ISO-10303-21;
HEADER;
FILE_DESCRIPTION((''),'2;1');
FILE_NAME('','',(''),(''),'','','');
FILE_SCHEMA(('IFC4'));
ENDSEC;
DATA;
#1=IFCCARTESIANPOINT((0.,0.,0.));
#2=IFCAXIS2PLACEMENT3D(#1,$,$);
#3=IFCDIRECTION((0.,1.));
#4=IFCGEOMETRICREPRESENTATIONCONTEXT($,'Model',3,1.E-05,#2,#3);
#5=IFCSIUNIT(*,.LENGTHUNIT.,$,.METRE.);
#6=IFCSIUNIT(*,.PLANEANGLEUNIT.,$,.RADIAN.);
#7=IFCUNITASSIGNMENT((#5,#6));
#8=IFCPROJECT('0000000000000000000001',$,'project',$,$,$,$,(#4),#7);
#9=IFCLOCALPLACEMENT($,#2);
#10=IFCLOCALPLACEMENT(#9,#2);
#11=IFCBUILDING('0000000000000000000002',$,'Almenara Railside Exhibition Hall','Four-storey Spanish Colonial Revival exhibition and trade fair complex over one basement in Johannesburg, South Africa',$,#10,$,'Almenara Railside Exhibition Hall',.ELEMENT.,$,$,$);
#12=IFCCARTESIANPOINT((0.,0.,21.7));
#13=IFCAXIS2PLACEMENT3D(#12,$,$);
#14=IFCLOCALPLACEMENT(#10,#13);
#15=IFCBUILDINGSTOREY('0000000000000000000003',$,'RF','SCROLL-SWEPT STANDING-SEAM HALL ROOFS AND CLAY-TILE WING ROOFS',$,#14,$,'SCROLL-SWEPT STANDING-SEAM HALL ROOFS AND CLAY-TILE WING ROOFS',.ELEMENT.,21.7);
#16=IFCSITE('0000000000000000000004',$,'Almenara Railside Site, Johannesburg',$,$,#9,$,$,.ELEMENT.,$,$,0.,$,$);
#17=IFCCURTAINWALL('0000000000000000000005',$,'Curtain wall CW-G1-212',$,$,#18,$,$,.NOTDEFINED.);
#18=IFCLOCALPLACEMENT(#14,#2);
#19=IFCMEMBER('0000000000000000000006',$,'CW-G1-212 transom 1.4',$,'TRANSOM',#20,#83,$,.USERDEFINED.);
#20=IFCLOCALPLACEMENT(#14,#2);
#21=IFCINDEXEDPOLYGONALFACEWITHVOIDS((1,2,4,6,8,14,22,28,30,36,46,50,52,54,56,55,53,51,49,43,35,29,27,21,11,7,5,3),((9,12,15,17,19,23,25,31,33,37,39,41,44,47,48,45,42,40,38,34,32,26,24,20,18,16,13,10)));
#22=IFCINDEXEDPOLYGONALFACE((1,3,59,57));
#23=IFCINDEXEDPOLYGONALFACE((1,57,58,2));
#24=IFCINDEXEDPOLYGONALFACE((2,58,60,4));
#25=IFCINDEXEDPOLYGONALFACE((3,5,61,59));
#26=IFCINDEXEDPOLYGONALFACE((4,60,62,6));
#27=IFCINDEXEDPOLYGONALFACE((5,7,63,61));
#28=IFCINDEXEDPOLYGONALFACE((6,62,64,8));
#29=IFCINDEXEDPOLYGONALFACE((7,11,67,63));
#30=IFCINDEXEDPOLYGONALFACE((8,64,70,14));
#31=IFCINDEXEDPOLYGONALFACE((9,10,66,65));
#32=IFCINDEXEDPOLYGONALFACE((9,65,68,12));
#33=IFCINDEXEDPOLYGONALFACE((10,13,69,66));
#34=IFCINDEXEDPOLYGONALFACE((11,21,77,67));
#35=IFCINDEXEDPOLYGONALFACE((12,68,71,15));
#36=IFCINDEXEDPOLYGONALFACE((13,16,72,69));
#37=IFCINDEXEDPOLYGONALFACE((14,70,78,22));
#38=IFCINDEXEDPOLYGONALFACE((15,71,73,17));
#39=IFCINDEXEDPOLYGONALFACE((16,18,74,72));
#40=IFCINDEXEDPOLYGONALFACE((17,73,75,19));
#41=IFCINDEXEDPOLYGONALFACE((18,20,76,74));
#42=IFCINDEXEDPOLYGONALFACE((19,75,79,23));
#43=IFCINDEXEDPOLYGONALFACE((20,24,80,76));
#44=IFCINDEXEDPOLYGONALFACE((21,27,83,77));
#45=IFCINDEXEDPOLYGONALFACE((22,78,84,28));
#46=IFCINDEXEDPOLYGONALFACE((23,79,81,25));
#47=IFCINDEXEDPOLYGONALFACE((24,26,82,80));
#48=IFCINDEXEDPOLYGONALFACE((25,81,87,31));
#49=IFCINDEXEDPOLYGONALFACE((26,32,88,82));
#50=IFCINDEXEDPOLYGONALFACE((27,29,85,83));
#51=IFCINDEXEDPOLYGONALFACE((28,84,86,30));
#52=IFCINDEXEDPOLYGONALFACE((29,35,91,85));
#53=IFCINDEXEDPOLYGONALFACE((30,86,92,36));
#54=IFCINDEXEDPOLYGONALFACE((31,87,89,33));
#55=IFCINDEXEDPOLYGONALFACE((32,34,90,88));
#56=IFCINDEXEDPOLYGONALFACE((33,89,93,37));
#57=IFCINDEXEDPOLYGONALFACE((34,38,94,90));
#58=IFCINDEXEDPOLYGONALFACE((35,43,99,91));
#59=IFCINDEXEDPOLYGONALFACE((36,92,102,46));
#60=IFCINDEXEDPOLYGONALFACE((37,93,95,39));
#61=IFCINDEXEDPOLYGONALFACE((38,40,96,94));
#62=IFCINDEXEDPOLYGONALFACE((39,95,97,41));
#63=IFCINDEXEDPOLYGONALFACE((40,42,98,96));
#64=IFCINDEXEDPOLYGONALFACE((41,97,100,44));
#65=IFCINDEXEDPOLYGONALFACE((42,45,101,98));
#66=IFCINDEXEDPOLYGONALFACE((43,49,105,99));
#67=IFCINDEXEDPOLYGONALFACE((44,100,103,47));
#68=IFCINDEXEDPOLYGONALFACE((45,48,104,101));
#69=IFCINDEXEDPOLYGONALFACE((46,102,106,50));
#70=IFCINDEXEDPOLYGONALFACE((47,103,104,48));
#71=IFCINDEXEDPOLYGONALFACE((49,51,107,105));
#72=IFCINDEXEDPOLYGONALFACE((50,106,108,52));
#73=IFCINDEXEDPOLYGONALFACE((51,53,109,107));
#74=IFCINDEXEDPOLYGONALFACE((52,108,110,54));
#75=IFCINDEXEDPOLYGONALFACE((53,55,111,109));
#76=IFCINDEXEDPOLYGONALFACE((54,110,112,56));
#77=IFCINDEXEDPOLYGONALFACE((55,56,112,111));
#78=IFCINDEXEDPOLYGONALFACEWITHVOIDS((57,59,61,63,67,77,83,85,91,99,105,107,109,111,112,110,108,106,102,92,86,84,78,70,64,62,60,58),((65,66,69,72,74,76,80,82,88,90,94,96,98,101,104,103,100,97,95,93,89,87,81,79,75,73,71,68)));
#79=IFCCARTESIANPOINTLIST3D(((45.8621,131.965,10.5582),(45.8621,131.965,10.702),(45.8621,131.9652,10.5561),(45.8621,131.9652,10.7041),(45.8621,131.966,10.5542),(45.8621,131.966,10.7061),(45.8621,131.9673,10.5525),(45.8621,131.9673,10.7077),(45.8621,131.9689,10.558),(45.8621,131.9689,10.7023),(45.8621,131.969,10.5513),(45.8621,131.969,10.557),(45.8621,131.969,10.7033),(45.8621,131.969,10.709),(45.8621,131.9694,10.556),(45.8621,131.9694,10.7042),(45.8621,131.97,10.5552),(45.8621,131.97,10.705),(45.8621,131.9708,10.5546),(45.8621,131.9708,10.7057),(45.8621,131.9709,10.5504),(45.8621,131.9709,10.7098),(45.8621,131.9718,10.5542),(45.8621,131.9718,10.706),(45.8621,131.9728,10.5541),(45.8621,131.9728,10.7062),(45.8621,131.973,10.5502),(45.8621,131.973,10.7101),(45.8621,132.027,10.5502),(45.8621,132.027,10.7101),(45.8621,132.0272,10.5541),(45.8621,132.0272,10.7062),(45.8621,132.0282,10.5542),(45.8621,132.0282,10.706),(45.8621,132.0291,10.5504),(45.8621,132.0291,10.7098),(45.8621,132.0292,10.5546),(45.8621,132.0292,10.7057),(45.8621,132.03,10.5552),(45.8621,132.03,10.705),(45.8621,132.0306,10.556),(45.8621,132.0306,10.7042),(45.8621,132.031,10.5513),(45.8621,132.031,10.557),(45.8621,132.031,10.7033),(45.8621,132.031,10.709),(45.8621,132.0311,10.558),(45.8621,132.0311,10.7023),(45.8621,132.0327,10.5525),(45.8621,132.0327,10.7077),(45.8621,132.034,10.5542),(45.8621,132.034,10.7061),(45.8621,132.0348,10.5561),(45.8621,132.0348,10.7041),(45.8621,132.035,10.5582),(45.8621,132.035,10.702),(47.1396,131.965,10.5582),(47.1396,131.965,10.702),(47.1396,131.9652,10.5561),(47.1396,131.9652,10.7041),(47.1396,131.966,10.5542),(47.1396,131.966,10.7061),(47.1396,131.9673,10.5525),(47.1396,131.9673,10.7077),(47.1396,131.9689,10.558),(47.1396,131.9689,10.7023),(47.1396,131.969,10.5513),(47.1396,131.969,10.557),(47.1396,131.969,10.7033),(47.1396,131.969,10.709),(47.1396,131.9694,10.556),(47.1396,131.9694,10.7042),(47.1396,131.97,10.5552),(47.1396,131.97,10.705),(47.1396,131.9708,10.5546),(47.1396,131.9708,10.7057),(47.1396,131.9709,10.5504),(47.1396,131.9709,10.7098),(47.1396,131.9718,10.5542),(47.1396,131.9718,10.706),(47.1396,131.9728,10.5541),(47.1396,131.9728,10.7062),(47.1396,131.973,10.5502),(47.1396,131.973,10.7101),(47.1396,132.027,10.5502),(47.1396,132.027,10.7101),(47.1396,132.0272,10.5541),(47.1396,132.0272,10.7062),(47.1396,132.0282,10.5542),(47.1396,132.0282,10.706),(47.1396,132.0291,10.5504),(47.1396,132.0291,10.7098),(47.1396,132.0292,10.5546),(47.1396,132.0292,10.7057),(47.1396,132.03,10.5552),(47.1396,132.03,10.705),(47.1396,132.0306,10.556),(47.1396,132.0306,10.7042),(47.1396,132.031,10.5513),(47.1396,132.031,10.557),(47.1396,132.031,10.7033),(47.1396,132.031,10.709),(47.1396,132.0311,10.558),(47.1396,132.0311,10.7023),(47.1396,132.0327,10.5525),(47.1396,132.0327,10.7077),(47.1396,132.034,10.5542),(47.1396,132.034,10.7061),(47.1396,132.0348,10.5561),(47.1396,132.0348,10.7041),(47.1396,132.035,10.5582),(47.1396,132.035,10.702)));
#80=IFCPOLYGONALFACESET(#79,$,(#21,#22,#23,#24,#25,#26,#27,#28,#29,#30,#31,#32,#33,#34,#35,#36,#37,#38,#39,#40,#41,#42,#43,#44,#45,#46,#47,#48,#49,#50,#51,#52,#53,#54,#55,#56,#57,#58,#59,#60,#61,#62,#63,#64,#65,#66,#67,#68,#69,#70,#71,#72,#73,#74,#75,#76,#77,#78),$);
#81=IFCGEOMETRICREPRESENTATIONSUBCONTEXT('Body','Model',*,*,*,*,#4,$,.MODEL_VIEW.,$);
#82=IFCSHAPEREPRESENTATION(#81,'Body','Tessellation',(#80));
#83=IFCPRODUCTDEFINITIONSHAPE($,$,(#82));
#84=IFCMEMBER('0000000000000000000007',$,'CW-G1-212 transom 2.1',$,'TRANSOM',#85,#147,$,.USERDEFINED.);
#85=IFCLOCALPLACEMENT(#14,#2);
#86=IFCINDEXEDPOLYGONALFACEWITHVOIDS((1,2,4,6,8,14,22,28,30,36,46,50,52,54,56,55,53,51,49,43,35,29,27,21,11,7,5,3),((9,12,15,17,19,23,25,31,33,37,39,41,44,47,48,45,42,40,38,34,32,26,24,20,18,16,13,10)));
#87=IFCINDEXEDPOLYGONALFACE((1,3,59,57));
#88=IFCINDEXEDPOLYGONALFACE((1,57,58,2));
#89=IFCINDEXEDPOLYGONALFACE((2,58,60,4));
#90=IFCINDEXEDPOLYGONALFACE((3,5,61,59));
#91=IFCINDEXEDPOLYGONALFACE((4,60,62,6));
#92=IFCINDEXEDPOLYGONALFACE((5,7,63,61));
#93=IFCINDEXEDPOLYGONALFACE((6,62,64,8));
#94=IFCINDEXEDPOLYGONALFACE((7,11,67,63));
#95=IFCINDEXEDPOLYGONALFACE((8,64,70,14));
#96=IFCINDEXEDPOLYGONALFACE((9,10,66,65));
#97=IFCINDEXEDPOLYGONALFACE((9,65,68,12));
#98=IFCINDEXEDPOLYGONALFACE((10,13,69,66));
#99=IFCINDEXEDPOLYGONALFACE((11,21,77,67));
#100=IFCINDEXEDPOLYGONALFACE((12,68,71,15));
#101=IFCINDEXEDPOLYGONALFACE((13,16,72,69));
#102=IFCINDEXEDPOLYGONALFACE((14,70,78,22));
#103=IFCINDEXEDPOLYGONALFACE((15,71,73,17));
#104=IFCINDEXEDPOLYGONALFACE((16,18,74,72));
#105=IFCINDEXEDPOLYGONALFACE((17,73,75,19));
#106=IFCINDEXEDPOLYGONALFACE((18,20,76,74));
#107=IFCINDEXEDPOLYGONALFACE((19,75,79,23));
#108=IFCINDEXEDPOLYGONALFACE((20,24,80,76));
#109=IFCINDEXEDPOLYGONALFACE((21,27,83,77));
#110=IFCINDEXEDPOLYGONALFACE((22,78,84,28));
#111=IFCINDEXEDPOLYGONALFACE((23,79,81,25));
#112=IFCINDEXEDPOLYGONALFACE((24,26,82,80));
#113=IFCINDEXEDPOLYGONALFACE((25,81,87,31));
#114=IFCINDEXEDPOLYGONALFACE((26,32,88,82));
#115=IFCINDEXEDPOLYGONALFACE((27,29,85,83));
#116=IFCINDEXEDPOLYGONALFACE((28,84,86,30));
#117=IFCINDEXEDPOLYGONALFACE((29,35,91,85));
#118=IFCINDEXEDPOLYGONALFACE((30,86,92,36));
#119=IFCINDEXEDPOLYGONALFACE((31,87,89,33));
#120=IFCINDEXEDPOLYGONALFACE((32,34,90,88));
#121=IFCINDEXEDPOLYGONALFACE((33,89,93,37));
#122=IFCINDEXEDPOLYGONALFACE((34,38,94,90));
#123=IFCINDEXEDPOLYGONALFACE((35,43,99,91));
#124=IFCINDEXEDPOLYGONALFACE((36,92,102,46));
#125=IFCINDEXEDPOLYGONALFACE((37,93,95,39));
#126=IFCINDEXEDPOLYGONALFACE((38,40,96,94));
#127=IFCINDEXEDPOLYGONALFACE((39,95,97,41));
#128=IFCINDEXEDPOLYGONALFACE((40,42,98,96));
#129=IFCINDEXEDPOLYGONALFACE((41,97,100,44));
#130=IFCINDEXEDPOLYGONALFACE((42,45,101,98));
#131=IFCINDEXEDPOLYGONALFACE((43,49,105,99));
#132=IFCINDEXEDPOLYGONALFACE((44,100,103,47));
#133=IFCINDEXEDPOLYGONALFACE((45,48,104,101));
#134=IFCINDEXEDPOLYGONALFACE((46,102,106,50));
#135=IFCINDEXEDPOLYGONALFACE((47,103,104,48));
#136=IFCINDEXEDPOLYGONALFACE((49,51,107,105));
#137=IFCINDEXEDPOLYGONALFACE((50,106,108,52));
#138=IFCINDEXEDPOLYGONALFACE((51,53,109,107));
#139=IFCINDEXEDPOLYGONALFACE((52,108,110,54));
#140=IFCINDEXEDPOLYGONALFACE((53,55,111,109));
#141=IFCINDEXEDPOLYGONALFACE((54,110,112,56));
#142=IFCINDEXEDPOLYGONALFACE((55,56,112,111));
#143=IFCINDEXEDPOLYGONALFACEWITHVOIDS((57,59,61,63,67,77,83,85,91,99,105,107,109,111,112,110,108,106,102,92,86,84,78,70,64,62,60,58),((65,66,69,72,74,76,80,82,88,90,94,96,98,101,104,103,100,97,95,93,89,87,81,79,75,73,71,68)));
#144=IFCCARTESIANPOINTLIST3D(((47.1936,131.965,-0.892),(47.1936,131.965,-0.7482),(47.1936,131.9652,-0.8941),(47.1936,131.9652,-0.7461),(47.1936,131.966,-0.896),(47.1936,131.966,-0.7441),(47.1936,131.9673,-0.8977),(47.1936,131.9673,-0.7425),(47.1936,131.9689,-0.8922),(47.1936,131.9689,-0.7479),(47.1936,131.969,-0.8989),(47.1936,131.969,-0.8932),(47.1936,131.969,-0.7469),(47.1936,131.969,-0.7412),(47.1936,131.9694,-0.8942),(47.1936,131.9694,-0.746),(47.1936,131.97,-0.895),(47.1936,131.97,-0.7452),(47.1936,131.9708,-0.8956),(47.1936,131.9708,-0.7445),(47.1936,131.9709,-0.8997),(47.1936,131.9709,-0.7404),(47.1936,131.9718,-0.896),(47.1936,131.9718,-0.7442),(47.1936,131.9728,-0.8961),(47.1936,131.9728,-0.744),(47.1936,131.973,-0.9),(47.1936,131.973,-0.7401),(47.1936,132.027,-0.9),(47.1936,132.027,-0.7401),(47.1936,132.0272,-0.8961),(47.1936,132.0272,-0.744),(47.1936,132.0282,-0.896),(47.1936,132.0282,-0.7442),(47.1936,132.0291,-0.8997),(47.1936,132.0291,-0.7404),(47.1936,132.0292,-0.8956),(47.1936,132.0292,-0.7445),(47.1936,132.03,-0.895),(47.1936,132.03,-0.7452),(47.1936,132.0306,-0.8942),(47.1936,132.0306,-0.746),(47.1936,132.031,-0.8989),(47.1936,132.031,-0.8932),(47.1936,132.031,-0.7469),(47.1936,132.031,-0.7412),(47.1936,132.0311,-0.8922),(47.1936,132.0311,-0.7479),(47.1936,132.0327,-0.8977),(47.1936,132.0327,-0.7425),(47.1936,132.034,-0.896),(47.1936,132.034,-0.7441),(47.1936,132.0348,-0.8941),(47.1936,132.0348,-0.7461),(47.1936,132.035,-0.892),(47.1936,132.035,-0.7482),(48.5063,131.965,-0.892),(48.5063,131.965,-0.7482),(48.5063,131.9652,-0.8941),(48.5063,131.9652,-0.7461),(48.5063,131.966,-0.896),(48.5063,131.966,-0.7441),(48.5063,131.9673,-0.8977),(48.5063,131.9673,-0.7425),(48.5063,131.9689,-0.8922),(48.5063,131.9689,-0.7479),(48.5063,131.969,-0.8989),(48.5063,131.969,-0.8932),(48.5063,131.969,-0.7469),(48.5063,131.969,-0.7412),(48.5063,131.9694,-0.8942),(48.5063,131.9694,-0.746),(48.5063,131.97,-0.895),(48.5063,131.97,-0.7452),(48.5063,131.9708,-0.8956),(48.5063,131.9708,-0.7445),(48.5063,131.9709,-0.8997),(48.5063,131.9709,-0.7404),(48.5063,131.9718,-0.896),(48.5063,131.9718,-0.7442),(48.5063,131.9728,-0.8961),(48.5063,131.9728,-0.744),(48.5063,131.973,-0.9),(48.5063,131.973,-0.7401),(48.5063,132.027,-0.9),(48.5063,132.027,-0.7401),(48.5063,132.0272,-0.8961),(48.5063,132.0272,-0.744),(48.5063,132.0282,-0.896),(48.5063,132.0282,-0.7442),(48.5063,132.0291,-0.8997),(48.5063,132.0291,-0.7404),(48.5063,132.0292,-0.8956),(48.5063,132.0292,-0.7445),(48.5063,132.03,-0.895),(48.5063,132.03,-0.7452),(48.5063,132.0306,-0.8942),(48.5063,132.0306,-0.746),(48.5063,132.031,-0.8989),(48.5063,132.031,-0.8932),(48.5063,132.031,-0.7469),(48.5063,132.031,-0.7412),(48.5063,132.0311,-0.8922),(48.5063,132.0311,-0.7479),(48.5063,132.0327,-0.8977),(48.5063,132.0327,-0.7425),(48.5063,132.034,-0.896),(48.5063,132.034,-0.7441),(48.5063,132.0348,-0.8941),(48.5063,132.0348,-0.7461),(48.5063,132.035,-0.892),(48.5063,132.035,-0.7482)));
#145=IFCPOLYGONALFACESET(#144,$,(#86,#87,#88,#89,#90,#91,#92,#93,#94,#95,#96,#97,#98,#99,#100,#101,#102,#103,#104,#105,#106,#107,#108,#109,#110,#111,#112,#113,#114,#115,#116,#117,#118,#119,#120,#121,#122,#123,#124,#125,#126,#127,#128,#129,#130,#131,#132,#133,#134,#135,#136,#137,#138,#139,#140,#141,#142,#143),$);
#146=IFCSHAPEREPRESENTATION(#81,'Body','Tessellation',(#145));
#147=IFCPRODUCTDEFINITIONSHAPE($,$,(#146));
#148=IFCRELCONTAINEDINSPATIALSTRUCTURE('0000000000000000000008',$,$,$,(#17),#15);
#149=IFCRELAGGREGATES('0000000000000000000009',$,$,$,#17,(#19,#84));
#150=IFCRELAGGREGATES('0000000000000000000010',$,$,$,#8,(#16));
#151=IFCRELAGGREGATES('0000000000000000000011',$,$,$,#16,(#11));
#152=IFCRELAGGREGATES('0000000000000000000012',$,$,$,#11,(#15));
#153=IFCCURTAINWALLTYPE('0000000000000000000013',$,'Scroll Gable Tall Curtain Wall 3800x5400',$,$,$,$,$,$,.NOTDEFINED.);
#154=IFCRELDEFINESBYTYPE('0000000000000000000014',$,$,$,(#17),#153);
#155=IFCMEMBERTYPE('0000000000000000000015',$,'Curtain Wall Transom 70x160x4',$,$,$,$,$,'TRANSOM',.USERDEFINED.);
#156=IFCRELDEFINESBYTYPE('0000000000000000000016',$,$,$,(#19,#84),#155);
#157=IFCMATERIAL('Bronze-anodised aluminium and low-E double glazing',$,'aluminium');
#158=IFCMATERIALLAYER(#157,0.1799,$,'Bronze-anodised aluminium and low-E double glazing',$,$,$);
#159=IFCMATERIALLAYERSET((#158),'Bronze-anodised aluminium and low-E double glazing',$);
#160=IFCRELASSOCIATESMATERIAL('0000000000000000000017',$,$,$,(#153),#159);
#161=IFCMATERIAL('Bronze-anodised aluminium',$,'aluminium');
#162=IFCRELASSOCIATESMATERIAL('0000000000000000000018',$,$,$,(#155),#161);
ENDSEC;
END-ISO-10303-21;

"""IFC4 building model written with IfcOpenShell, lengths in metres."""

from ifc_helpers import new_model, si_unit, direction, frame, origin, origin_2d, place, context, subcontext, project, spatial, hollow_rectangle, extrude, material, layer, layer_set, material_profile, profile_set, type_object, element, aggregate, save


model = new_model("IFC4")

# Units and contexts
model_context = context("Model", 3, precision=1e-05, world=origin(), true_north=direction((0.0, 1.0)))
body_context = subcontext(model_context, "Body", "Model", "MODEL_VIEW")
ifc_project = project(units=[si_unit("LENGTHUNIT", "METRE"), si_unit("PLANEANGLEUNIT", "RADIAN")], contexts=[model_context])

# Site, building, storey
site_placement = place(None, origin())
site = spatial("IfcSite", under=ifc_project, at=site_placement, Name="Almenara Railside Site, Johannesburg", CompositionType="ELEMENT", RefElevation=0.0)
building_placement = place(site_placement, origin())
building = spatial("IfcBuilding", under=site, at=building_placement, Name="Almenara Railside Exhibition Hall", Description="Four-storey Spanish Colonial Revival exhibition and trade fair complex over one basement in Johannesburg, South Africa", LongName="Almenara Railside Exhibition Hall", CompositionType="ELEMENT")
storey_placement = place(building_placement, frame((0.0, 0.0, 21.7)))
storey = spatial("IfcBuildingStorey", under=building, at=storey_placement, Name="RF", Description="SCROLL-SWEPT STANDING-SEAM HALL ROOFS AND CLAY-TILE WING ROOFS", LongName="SCROLL-SWEPT STANDING-SEAM HALL ROOFS AND CLAY-TILE WING ROOFS", CompositionType="ELEMENT", Elevation=21.7)

# Shared definitions
ifc_material_1 = material(Name="Bronze-anodised aluminium and low-E double glazing", Category="aluminium")
ifc_layer_1 = layer(ifc_material_1, 0.1799, Name="Bronze-anodised aluminium and low-E double glazing")
ifc_layer_set_1 = layer_set([ifc_layer_1], Name="Bronze-anodised aluminium and low-E double glazing")
curtain_wall_type = type_object("IfcCurtainWallType", Name="Scroll Gable Tall Curtain Wall 3800x5400", PredefinedType="NOTDEFINED", material=ifc_layer_set_1)
ifc_material_2 = material(Name="Bronze-anodised aluminium", Category="aluminium")

# Curtain wall
curtain_wall_1_placement = place(storey_placement, origin())
curtain_wall_1 = element("IfcCurtainWall", 1, at=curtain_wall_1_placement, inside=storey, type_object=curtain_wall_type, Name="Curtain wall CW-G1-212", PredefinedType="NOTDEFINED")

# Members
ifc_material_profile_1 = material_profile(ifc_material_2, hollow_rectangle(XDim=0.0701, YDim=0.1599, WallThickness=0.0039, InnerFilletRadius=0.0039, OuterFilletRadius=0.0081, at=origin_2d()), Name="ALU-TRN 70x160x4")
ifc_profile_set_1 = profile_set([ifc_material_profile_1], Name="Bronze-anodised aluminium")
member_type_1 = type_object("IfcMemberType", Name="Curtain Wall Transom 70x160x4", ElementType="TRANSOM", PredefinedType="USERDEFINED", material=ifc_profile_set_1)
member_1_placement = place(storey_placement, frame((45.8621, 132.0, 10.6301), z_axis=(1.0, 0.0, 0.0), x_axis=(0.0, 1.0, 0.0)))
member_1 = element("IfcMember", 2, at=member_1_placement, type_object=member_type_1, Name="CW-G1-212 transom 1.4", ObjectType="TRANSOM", PredefinedType="USERDEFINED", context=body_context, shape_type="SweptSolid", body=[
    extrude(hollow_rectangle(XDim=0.0701, YDim=0.1599, WallThickness=0.0039, InnerFilletRadius=0.0039, OuterFilletRadius=0.0081, at=origin_2d()), origin(), (0.0, 0.0, 1.0), 1.2776),
])
member_2_placement = place(storey_placement, frame((47.1936, 132.0, -0.8201), z_axis=(1.0, 0.0, 0.0), x_axis=(0.0, 1.0, 0.0)))
member_2 = element("IfcMember", 3, at=member_2_placement, type_object=member_type_1, Name="CW-G1-212 transom 2.1", ObjectType="TRANSOM", PredefinedType="USERDEFINED", context=body_context, shape_type="SweptSolid", body=[
    extrude(hollow_rectangle(XDim=0.0701, YDim=0.1599, WallThickness=0.0039, InnerFilletRadius=0.0039, OuterFilletRadius=0.0081, at=origin_2d()), origin(), (0.0, 0.0, 1.0), 1.3127),
])

aggregate(curtain_wall_1, [member_1, member_2])

save(model, "model.ifc")
